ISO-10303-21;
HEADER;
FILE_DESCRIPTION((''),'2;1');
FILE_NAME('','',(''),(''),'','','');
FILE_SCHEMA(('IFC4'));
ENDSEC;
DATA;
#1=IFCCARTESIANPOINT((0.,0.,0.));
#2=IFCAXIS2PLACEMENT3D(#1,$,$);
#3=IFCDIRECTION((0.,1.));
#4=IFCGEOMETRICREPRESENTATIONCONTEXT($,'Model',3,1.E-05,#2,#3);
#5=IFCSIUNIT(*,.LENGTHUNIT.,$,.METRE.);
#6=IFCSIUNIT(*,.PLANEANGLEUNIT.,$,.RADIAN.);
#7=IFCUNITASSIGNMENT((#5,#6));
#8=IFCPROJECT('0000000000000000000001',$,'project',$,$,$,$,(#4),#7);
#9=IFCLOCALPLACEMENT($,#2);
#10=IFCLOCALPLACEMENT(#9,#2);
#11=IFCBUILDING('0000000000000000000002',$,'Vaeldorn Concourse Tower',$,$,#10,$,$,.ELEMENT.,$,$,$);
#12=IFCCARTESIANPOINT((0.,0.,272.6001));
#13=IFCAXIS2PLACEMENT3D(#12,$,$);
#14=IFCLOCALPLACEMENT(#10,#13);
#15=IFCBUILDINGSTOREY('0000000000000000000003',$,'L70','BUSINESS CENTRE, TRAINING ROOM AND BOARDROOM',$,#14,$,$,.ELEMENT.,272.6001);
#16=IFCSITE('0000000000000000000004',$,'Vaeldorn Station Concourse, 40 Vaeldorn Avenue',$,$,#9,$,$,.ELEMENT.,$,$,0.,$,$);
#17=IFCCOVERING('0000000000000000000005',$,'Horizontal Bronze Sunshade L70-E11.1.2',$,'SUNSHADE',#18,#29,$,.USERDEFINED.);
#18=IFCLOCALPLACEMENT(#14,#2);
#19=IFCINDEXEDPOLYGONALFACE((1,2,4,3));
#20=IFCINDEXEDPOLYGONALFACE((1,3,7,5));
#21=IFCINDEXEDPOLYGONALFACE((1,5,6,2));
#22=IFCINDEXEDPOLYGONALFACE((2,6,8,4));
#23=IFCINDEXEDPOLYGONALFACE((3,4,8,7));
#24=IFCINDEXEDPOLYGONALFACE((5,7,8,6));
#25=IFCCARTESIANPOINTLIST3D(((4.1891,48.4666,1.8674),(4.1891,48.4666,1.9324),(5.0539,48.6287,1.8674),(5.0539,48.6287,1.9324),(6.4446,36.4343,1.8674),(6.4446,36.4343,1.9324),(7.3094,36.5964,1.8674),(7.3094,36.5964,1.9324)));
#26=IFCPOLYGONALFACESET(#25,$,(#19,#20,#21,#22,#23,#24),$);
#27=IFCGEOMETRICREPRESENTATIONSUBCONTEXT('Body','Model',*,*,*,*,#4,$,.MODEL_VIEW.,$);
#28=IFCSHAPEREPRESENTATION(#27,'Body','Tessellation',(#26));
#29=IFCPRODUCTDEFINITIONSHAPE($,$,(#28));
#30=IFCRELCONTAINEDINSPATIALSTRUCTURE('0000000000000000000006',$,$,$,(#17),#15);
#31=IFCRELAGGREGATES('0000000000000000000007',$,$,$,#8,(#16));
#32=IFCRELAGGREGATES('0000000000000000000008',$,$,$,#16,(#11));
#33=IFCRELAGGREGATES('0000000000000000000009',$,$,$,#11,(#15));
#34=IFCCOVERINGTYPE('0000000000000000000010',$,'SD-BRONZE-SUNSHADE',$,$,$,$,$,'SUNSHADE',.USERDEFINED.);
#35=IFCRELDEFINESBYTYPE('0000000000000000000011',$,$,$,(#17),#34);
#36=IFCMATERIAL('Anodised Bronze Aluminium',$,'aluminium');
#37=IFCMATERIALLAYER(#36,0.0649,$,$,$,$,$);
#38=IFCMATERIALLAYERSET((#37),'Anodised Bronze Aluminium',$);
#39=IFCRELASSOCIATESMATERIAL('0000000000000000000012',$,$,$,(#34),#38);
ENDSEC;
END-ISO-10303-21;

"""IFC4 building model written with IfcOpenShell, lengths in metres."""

from ifc_helpers import new_model, si_unit, direction, frame, origin, origin_2d, place, context, subcontext, project, spatial, rectangle, extrude, source, transform, mapped, material, layer, layer_set, type_object, element, save


model = new_model("IFC4")

# Units and contexts
model_context = context("Model", 3, precision=1e-05, world=origin(), true_north=direction((0.0, 1.0)))
body_context = subcontext(model_context, "Body", "Model", "MODEL_VIEW")
ifc_project = project(units=[si_unit("LENGTHUNIT", "METRE"), si_unit("PLANEANGLEUNIT", "RADIAN")], contexts=[model_context])

# Site, building, storey
site_placement = place(None, origin())
site = spatial("IfcSite", under=ifc_project, at=site_placement, Name="Vaeldorn Station Concourse, 40 Vaeldorn Avenue", CompositionType="ELEMENT", RefElevation=0.0)
building_placement = place(site_placement, origin())
building = spatial("IfcBuilding", under=site, at=building_placement, Name="Vaeldorn Concourse Tower", CompositionType="ELEMENT")
storey_placement = place(building_placement, frame((0.0, 0.0, 272.6001)))
storey = spatial("IfcBuildingStorey", under=building, at=storey_placement, Name="L70", Description="BUSINESS CENTRE, TRAINING ROOM AND BOARDROOM", CompositionType="ELEMENT", Elevation=272.6001)

# Shared definitions
ifc_material_1 = material(Name="Anodised Bronze Aluminium", Category="aluminium")

# Covering
ifc_layer_1 = layer(ifc_material_1, 0.0649)
ifc_layer_set_1 = layer_set([ifc_layer_1], Name="Anodised Bronze Aluminium")
covering_type = type_object("IfcCoveringType", Name="SD-BRONZE-SUNSHADE", ElementType="SUNSHADE", PredefinedType="USERDEFINED", material=ifc_layer_set_1)
shared_shape_1 = source(origin(), body_context, "Body", "SweptSolid", [
    extrude(rectangle(XDim=12.2419, YDim=0.8799, at=origin_2d()), origin(), (0.0, 0.0, 1.0), 0.0649),
])
for number, where, z_axis, x_axis, name in (
    (1, (5.7493, 42.5315, 1.8674), (0.0, 0.0, 1.0), (0.184243, -0.982881, 0.0), "Horizontal Bronze Sunshade L70-E11.1.2"),
):
    element("IfcCovering", number, at=place(storey_placement, frame(where, z_axis=z_axis, x_axis=x_axis)), inside=storey, type_object=covering_type, Name=name, ObjectType="SUNSHADE", PredefinedType="USERDEFINED", context=body_context, shape_type="MappedRepresentation", body=[
        mapped(shared_shape_1, transform((0.0, 0.0, 0.0), scale=1.0)),
    ])

save(model, "model.ifc")
